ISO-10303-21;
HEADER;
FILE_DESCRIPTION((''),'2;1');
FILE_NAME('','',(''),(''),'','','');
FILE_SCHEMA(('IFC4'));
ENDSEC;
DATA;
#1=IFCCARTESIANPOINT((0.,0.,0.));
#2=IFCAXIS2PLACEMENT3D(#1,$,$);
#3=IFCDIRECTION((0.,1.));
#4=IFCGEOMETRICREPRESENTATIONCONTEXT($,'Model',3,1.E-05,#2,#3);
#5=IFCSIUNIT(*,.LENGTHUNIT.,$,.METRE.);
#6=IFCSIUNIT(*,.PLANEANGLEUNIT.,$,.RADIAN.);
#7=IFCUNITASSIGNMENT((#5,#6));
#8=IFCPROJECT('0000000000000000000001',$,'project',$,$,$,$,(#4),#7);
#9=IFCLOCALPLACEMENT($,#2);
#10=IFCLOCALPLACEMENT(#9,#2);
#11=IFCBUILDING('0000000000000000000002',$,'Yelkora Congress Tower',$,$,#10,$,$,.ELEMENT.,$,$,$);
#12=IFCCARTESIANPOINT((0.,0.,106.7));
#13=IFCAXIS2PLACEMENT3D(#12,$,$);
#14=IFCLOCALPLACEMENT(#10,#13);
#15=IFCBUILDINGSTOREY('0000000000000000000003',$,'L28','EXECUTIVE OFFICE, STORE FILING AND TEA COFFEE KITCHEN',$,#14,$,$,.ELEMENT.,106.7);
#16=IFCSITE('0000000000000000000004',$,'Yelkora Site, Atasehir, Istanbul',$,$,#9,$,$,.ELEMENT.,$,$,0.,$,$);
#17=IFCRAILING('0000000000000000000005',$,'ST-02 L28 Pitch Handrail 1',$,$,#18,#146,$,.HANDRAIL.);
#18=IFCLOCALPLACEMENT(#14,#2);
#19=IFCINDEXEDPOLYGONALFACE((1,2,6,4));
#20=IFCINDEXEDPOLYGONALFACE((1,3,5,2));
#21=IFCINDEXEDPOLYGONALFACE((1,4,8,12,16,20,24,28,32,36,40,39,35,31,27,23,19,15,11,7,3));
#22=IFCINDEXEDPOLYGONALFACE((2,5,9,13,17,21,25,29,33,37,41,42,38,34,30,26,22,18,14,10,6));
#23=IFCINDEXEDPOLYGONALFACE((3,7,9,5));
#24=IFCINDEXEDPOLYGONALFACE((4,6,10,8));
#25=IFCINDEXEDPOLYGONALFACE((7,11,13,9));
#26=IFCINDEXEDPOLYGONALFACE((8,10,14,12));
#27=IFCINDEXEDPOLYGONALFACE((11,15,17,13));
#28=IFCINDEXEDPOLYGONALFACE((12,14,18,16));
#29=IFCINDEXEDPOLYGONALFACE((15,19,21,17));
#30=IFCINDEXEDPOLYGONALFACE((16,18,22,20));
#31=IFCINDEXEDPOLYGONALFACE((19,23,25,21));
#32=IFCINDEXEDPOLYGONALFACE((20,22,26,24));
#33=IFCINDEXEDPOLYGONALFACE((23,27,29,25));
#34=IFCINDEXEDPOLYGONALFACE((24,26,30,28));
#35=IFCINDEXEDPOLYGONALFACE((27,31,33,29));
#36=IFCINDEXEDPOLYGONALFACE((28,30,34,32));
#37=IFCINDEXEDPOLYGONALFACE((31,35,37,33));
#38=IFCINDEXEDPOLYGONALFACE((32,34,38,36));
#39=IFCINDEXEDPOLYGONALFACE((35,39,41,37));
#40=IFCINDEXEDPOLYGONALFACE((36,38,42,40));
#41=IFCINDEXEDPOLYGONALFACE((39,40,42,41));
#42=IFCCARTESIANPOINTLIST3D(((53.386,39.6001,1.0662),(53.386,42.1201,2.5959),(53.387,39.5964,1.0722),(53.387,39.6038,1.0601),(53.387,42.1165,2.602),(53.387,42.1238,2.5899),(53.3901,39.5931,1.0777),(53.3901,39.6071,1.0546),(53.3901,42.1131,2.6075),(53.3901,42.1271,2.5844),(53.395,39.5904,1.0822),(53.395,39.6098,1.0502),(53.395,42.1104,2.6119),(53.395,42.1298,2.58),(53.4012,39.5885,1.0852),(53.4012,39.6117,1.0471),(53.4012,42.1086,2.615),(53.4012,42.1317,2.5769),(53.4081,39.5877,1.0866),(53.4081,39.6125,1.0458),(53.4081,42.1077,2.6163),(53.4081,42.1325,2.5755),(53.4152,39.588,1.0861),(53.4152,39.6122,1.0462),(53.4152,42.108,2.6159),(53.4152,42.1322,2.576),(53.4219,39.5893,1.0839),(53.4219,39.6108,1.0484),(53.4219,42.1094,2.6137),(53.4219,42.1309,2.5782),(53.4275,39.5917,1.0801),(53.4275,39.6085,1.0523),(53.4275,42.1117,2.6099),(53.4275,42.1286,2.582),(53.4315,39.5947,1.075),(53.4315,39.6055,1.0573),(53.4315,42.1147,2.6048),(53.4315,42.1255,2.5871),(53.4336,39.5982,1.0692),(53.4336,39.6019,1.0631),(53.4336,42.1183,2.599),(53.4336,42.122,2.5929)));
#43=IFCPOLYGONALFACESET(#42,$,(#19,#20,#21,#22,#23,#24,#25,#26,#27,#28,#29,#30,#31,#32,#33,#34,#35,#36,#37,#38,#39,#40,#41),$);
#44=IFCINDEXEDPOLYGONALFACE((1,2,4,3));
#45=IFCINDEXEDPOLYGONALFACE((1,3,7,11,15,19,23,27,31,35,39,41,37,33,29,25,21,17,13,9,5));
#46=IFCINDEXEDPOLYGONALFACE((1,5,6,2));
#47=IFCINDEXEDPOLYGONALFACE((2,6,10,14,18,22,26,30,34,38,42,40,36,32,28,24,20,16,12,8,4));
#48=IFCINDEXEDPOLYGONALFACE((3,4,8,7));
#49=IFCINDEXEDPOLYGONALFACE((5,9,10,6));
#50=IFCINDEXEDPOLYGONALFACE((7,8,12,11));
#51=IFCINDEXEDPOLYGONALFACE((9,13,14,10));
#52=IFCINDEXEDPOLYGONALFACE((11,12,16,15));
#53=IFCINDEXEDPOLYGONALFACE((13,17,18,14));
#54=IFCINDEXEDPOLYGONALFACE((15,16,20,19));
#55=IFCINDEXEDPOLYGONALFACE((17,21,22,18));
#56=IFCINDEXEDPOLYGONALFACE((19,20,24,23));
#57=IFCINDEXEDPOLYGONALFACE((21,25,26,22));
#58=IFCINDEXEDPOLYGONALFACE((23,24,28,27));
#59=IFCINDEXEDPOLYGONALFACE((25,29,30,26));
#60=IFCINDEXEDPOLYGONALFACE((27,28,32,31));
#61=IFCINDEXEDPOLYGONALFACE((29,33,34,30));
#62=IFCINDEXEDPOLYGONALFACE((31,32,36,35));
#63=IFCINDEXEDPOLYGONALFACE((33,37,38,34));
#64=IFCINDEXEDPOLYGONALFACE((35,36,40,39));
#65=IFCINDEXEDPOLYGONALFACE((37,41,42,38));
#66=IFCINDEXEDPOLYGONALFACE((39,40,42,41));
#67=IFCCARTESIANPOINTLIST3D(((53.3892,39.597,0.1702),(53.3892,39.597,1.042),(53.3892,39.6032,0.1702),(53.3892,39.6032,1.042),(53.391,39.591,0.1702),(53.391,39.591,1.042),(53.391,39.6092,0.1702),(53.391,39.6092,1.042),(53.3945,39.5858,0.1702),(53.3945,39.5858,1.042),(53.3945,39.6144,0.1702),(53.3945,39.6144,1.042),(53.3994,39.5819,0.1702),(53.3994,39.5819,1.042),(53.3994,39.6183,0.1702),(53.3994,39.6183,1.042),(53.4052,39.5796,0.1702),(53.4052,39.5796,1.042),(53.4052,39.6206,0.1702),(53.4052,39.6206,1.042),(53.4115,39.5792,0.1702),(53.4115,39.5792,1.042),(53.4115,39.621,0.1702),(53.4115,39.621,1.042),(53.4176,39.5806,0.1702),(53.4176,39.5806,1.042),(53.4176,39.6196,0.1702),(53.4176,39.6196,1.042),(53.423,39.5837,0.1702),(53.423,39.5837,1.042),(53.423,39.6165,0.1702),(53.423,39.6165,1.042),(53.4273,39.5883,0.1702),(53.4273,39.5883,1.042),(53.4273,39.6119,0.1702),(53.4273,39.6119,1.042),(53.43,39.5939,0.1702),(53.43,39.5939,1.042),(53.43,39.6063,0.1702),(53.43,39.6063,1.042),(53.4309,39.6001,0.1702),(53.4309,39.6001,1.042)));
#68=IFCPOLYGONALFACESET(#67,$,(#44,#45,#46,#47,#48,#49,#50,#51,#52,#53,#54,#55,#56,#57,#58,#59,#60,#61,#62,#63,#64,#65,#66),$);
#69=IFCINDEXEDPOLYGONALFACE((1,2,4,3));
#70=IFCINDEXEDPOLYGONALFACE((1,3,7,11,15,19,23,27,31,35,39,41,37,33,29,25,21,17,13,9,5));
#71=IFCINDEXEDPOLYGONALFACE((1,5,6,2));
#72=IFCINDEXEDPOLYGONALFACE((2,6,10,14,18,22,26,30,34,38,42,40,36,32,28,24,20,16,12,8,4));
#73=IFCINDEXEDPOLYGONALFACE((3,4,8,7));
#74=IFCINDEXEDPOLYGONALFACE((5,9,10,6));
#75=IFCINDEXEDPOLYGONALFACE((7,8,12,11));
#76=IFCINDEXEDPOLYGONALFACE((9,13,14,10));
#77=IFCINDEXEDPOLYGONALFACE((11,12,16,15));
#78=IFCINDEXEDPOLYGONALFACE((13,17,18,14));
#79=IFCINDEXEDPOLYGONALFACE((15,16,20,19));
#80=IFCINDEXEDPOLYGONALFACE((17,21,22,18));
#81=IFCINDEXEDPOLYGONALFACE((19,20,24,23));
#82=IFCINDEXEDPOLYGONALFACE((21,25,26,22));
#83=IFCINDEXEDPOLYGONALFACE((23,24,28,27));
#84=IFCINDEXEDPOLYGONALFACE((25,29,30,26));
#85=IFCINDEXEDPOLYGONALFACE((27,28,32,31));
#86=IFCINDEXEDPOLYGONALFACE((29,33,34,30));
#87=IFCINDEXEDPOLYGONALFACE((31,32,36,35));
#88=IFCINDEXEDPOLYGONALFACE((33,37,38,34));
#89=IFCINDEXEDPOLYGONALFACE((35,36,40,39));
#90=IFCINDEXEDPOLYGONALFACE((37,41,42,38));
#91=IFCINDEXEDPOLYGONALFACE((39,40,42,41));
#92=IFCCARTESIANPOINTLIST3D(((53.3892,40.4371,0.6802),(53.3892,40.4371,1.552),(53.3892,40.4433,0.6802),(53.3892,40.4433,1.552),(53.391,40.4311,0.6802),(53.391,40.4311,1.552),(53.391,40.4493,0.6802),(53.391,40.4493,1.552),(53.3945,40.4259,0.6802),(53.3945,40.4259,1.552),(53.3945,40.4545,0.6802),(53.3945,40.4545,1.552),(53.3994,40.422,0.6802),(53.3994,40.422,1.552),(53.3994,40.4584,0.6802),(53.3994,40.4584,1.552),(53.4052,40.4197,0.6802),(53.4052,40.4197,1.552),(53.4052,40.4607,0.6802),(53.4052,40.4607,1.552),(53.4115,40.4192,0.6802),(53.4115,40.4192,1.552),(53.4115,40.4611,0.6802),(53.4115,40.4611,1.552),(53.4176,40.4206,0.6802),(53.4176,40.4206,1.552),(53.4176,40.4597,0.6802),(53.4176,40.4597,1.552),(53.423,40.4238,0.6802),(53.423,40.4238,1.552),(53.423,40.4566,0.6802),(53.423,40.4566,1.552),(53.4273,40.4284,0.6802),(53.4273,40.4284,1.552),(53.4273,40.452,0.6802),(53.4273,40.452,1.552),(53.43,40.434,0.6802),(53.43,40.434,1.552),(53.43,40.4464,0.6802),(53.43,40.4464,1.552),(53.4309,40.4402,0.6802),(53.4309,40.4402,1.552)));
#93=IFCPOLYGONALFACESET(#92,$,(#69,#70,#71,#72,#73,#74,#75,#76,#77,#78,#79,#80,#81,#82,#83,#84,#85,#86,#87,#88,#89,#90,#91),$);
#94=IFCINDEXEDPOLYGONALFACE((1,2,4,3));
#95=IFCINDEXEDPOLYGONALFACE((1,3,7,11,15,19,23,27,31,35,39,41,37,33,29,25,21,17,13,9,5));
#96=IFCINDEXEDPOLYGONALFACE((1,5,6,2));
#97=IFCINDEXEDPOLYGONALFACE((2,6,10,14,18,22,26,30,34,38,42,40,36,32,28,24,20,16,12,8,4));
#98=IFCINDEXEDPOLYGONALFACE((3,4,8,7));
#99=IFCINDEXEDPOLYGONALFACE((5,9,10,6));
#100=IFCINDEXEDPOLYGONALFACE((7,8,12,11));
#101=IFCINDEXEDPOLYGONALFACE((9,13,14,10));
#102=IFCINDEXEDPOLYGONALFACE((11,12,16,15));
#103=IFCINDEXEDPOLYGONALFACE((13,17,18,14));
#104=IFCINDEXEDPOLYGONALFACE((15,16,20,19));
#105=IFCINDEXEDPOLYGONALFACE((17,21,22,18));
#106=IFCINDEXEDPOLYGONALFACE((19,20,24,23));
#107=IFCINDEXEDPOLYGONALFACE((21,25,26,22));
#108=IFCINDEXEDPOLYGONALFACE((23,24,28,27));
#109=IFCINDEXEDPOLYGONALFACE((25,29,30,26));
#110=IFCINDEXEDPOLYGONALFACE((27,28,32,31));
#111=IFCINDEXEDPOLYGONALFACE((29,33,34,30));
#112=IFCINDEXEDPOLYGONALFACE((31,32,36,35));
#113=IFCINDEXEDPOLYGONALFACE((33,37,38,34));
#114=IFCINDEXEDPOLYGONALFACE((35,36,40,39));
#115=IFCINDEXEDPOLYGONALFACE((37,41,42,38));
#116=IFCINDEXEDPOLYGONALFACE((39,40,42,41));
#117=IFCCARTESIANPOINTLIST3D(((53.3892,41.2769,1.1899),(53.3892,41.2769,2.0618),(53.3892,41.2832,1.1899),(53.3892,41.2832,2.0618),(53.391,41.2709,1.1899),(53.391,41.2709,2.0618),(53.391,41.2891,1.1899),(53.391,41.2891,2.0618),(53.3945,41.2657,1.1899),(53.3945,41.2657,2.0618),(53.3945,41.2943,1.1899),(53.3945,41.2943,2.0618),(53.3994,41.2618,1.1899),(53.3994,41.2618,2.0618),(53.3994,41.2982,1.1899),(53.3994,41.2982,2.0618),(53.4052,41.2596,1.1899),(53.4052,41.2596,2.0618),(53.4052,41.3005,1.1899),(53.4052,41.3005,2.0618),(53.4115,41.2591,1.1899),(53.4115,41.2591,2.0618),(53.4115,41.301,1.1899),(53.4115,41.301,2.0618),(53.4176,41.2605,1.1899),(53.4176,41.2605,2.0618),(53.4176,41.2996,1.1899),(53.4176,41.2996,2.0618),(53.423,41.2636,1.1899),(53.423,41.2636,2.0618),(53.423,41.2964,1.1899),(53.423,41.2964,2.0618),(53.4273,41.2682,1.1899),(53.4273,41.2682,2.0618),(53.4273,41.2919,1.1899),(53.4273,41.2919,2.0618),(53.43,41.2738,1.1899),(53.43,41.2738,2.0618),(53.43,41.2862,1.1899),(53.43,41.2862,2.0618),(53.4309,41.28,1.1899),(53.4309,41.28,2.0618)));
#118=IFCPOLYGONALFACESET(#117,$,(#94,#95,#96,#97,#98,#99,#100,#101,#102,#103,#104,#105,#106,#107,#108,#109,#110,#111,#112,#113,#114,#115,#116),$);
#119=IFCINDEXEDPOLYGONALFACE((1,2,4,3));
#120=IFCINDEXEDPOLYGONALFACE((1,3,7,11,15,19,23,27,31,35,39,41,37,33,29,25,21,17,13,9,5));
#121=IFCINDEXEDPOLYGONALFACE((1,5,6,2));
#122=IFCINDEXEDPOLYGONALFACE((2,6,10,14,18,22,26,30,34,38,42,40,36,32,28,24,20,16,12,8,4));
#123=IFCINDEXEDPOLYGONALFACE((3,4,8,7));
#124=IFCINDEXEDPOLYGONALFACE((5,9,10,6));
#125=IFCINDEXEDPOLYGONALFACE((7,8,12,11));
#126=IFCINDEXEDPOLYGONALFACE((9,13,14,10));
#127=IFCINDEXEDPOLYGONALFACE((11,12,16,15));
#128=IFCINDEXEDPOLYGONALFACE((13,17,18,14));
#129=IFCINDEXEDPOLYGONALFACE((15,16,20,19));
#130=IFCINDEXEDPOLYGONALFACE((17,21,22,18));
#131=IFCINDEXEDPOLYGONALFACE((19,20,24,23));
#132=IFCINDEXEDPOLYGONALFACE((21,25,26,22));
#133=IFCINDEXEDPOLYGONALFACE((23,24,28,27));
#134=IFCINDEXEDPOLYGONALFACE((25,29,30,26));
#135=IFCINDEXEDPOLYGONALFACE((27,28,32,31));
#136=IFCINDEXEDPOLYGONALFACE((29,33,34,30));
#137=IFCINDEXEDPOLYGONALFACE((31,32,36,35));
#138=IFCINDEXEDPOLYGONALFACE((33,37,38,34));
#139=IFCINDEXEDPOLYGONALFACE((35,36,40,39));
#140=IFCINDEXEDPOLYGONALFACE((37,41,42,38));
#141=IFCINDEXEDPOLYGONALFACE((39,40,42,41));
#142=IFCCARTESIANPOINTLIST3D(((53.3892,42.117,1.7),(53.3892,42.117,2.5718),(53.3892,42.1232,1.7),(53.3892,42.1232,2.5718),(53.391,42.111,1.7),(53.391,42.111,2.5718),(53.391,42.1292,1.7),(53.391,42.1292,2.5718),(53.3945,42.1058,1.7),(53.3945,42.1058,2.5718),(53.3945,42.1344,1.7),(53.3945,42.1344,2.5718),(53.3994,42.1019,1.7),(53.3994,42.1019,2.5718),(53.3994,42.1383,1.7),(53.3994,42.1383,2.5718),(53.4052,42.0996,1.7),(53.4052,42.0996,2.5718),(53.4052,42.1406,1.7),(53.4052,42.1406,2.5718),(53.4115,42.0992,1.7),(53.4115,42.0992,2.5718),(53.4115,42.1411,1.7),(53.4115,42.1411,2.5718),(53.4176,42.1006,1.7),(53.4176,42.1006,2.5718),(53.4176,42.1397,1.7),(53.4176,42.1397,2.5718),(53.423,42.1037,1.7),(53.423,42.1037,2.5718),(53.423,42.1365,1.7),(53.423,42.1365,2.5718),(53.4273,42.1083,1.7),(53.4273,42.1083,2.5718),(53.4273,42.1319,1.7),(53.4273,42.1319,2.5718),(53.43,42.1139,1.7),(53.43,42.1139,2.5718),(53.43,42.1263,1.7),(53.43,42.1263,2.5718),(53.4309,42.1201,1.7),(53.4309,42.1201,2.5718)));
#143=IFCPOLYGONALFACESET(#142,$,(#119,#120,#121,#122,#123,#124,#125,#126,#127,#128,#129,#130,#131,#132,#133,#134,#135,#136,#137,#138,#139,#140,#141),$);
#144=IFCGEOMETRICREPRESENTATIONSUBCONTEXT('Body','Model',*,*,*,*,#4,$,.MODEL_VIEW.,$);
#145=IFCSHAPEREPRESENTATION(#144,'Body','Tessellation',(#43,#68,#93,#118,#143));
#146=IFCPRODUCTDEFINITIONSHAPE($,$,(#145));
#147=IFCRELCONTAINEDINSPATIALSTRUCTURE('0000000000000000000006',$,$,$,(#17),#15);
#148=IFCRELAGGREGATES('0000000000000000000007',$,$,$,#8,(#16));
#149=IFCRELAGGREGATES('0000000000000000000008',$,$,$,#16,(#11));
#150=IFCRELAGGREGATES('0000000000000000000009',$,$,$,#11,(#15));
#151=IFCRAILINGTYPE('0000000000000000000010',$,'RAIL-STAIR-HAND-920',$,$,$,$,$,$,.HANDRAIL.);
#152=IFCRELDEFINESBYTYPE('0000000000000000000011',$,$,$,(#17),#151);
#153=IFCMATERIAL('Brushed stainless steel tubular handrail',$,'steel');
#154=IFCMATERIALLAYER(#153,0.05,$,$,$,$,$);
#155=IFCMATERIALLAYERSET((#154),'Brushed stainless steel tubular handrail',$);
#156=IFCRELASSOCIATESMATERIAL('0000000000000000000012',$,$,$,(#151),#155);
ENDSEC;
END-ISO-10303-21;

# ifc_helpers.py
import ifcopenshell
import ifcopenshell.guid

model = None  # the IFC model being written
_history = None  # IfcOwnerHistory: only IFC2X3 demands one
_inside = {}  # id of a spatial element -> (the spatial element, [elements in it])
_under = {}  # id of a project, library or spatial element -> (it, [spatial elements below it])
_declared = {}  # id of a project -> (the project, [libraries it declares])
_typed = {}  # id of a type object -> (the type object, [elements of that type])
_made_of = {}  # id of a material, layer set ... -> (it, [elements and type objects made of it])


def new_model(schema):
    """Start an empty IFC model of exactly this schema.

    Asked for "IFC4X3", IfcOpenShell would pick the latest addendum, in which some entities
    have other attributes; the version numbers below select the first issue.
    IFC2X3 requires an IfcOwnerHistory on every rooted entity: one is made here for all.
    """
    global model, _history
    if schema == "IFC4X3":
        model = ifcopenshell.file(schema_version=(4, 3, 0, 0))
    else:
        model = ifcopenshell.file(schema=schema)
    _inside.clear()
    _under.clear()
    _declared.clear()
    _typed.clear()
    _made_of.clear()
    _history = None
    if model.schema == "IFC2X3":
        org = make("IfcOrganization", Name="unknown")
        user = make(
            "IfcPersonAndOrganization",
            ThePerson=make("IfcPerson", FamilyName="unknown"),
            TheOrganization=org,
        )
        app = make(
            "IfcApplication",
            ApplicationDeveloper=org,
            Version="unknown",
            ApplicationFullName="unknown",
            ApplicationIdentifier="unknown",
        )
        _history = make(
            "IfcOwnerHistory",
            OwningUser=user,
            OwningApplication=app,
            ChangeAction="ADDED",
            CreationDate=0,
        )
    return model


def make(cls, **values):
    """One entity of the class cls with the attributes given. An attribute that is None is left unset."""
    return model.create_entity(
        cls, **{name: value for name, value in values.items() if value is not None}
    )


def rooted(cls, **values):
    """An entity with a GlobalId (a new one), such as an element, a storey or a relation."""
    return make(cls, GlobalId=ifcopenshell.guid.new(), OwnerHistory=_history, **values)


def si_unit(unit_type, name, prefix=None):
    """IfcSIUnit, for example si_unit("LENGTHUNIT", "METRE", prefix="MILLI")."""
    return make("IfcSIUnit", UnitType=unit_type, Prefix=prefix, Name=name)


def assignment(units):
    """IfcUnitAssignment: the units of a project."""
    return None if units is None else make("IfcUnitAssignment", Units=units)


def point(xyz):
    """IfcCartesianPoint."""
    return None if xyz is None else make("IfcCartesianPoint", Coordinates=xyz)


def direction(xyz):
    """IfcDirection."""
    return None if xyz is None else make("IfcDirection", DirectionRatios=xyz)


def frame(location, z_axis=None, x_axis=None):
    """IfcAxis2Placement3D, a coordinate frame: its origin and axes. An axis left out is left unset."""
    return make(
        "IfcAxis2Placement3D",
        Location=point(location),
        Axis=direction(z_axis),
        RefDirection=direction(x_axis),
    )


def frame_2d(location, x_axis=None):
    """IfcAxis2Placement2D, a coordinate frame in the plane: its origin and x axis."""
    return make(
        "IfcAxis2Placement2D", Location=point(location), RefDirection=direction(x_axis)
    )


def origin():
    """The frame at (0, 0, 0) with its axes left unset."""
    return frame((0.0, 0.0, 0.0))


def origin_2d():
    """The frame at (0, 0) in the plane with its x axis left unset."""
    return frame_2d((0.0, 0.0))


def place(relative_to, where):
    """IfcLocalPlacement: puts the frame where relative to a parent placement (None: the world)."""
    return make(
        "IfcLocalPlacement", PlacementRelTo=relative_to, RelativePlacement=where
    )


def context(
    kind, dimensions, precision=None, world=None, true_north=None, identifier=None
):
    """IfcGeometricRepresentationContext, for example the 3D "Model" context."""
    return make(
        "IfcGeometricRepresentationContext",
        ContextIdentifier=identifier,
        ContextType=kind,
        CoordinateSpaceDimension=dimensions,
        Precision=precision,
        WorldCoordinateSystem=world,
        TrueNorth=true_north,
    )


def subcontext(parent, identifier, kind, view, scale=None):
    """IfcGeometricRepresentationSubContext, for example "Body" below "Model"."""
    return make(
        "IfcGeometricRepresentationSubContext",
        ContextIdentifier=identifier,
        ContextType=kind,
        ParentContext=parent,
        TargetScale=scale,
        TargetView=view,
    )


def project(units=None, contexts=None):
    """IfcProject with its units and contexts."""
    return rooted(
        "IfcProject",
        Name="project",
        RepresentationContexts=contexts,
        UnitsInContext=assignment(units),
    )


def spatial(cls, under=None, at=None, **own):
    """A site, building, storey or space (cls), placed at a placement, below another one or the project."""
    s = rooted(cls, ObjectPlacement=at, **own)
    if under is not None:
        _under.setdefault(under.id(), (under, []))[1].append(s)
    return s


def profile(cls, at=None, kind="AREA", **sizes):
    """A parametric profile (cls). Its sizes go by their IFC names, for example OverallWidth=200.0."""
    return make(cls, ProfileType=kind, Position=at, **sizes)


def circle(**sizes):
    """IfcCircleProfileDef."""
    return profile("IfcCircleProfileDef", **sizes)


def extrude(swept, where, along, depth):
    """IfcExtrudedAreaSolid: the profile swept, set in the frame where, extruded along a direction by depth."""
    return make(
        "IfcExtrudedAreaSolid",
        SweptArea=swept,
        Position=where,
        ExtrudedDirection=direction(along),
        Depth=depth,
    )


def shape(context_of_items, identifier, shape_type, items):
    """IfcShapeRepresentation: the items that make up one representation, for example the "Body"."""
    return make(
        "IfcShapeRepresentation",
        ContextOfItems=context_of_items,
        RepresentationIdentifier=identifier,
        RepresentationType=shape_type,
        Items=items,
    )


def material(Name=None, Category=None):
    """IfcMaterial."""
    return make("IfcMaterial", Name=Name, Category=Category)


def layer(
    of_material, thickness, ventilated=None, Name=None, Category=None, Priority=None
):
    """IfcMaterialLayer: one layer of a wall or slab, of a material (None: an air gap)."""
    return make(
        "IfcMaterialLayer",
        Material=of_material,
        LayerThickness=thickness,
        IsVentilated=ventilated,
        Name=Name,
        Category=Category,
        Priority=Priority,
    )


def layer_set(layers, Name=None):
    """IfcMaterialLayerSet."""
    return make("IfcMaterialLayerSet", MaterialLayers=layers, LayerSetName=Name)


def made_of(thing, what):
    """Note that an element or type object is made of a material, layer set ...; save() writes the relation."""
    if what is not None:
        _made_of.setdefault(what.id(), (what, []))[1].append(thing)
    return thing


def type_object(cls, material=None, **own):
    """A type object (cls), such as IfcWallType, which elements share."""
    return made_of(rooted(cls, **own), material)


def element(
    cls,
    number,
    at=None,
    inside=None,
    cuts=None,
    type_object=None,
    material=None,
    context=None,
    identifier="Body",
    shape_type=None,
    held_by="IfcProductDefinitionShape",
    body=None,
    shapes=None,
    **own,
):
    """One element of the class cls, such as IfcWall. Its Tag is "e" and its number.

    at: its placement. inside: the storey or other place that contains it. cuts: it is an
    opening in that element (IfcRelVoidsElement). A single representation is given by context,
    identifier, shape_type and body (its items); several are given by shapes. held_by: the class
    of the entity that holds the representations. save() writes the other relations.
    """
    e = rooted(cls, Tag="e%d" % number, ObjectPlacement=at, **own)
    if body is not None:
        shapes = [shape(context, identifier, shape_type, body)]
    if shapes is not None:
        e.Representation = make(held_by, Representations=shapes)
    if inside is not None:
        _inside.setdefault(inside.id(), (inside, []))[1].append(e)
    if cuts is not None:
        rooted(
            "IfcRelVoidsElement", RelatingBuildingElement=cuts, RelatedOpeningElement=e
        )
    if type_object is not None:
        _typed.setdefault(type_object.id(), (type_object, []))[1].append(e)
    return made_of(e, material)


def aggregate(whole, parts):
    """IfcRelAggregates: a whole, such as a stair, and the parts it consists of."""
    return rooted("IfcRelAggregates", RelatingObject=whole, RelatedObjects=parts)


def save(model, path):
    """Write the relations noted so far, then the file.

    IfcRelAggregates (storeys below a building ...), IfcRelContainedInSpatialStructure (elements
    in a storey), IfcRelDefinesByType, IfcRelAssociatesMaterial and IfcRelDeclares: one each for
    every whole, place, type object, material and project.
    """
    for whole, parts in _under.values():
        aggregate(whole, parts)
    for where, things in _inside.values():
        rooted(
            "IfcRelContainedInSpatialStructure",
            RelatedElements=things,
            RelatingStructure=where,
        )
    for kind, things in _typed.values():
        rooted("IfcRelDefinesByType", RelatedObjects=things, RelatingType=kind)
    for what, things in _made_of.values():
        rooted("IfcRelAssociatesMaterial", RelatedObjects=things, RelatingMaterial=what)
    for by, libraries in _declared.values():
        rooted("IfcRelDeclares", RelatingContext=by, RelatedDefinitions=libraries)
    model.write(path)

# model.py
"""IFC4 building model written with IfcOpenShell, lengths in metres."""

from ifc_helpers import new_model, si_unit, direction, frame, origin, origin_2d, place, context, subcontext, project, spatial, circle, extrude, material, layer, layer_set, type_object, element, save


model = new_model("IFC4")

# Units and contexts
model_context = context("Model", 3, precision=1e-05, world=origin(), true_north=direction((0.0, 1.0)))
body_context = subcontext(model_context, "Body", "Model", "MODEL_VIEW")
ifc_project = project(units=[si_unit("LENGTHUNIT", "METRE"), si_unit("PLANEANGLEUNIT", "RADIAN")], contexts=[model_context])

# Site, building, storey
site_placement = place(None, origin())
site = spatial("IfcSite", under=ifc_project, at=site_placement, Name="Yelkora Site, Atasehir, Istanbul", CompositionType="ELEMENT", RefElevation=0.0)
building_placement = place(site_placement, origin())
building = spatial("IfcBuilding", under=site, at=building_placement, Name="Yelkora Congress Tower", CompositionType="ELEMENT")
storey_placement = place(building_placement, frame((0.0, 0.0, 106.7)))
storey = spatial("IfcBuildingStorey", under=building, at=storey_placement, Name="L28", Description="EXECUTIVE OFFICE, STORE FILING AND TEA COFFEE KITCHEN", CompositionType="ELEMENT", Elevation=106.7)

# Railing
ifc_material_1 = material(Name="Brushed stainless steel tubular handrail", Category="steel")
ifc_layer_1 = layer(ifc_material_1, 0.05)
ifc_layer_set_1 = layer_set([ifc_layer_1], Name="Brushed stainless steel tubular handrail")
railing_type_1 = type_object("IfcRailingType", Name="RAIL-STAIR-HAND-920", PredefinedType="HANDRAIL", material=ifc_layer_set_1)
railing_1_placement = place(storey_placement, frame((53.4099, 39.6001, 0.1702)))
element("IfcRailing", 1, at=railing_1_placement, inside=storey, type_object=railing_type_1, Name="ST-02 L28 Pitch Handrail 1", PredefinedType="HANDRAIL", context=body_context, shape_type="SweptSolid", body=[
    extrude(circle(Radius=0.0239, at=origin_2d()), frame((0.0, 0.0, 0.896), z_axis=(0.0, 0.854822, 0.518922), x_axis=(-1.0, 0.0, 0.0)), (0.0, 0.0, 1.0), 2.948),
    extrude(circle(Radius=0.021, at=origin_2d()), origin(), (0.0, 0.0, 1.0), 0.8718),
    extrude(circle(Radius=0.021, at=origin_2d()), frame((0.0, 0.8401, 0.51)), (0.0, 0.0, 1.0), 0.8718),
    extrude(circle(Radius=0.021, at=origin_2d()), frame((0.0, 1.6799, 1.0198)), (0.0, 0.0, 1.0), 0.8718),
    extrude(circle(Radius=0.021, at=origin_2d()), frame((0.0, 2.52, 1.5298)), (0.0, 0.0, 1.0), 0.8718),
])

save(model, "model.ifc")
